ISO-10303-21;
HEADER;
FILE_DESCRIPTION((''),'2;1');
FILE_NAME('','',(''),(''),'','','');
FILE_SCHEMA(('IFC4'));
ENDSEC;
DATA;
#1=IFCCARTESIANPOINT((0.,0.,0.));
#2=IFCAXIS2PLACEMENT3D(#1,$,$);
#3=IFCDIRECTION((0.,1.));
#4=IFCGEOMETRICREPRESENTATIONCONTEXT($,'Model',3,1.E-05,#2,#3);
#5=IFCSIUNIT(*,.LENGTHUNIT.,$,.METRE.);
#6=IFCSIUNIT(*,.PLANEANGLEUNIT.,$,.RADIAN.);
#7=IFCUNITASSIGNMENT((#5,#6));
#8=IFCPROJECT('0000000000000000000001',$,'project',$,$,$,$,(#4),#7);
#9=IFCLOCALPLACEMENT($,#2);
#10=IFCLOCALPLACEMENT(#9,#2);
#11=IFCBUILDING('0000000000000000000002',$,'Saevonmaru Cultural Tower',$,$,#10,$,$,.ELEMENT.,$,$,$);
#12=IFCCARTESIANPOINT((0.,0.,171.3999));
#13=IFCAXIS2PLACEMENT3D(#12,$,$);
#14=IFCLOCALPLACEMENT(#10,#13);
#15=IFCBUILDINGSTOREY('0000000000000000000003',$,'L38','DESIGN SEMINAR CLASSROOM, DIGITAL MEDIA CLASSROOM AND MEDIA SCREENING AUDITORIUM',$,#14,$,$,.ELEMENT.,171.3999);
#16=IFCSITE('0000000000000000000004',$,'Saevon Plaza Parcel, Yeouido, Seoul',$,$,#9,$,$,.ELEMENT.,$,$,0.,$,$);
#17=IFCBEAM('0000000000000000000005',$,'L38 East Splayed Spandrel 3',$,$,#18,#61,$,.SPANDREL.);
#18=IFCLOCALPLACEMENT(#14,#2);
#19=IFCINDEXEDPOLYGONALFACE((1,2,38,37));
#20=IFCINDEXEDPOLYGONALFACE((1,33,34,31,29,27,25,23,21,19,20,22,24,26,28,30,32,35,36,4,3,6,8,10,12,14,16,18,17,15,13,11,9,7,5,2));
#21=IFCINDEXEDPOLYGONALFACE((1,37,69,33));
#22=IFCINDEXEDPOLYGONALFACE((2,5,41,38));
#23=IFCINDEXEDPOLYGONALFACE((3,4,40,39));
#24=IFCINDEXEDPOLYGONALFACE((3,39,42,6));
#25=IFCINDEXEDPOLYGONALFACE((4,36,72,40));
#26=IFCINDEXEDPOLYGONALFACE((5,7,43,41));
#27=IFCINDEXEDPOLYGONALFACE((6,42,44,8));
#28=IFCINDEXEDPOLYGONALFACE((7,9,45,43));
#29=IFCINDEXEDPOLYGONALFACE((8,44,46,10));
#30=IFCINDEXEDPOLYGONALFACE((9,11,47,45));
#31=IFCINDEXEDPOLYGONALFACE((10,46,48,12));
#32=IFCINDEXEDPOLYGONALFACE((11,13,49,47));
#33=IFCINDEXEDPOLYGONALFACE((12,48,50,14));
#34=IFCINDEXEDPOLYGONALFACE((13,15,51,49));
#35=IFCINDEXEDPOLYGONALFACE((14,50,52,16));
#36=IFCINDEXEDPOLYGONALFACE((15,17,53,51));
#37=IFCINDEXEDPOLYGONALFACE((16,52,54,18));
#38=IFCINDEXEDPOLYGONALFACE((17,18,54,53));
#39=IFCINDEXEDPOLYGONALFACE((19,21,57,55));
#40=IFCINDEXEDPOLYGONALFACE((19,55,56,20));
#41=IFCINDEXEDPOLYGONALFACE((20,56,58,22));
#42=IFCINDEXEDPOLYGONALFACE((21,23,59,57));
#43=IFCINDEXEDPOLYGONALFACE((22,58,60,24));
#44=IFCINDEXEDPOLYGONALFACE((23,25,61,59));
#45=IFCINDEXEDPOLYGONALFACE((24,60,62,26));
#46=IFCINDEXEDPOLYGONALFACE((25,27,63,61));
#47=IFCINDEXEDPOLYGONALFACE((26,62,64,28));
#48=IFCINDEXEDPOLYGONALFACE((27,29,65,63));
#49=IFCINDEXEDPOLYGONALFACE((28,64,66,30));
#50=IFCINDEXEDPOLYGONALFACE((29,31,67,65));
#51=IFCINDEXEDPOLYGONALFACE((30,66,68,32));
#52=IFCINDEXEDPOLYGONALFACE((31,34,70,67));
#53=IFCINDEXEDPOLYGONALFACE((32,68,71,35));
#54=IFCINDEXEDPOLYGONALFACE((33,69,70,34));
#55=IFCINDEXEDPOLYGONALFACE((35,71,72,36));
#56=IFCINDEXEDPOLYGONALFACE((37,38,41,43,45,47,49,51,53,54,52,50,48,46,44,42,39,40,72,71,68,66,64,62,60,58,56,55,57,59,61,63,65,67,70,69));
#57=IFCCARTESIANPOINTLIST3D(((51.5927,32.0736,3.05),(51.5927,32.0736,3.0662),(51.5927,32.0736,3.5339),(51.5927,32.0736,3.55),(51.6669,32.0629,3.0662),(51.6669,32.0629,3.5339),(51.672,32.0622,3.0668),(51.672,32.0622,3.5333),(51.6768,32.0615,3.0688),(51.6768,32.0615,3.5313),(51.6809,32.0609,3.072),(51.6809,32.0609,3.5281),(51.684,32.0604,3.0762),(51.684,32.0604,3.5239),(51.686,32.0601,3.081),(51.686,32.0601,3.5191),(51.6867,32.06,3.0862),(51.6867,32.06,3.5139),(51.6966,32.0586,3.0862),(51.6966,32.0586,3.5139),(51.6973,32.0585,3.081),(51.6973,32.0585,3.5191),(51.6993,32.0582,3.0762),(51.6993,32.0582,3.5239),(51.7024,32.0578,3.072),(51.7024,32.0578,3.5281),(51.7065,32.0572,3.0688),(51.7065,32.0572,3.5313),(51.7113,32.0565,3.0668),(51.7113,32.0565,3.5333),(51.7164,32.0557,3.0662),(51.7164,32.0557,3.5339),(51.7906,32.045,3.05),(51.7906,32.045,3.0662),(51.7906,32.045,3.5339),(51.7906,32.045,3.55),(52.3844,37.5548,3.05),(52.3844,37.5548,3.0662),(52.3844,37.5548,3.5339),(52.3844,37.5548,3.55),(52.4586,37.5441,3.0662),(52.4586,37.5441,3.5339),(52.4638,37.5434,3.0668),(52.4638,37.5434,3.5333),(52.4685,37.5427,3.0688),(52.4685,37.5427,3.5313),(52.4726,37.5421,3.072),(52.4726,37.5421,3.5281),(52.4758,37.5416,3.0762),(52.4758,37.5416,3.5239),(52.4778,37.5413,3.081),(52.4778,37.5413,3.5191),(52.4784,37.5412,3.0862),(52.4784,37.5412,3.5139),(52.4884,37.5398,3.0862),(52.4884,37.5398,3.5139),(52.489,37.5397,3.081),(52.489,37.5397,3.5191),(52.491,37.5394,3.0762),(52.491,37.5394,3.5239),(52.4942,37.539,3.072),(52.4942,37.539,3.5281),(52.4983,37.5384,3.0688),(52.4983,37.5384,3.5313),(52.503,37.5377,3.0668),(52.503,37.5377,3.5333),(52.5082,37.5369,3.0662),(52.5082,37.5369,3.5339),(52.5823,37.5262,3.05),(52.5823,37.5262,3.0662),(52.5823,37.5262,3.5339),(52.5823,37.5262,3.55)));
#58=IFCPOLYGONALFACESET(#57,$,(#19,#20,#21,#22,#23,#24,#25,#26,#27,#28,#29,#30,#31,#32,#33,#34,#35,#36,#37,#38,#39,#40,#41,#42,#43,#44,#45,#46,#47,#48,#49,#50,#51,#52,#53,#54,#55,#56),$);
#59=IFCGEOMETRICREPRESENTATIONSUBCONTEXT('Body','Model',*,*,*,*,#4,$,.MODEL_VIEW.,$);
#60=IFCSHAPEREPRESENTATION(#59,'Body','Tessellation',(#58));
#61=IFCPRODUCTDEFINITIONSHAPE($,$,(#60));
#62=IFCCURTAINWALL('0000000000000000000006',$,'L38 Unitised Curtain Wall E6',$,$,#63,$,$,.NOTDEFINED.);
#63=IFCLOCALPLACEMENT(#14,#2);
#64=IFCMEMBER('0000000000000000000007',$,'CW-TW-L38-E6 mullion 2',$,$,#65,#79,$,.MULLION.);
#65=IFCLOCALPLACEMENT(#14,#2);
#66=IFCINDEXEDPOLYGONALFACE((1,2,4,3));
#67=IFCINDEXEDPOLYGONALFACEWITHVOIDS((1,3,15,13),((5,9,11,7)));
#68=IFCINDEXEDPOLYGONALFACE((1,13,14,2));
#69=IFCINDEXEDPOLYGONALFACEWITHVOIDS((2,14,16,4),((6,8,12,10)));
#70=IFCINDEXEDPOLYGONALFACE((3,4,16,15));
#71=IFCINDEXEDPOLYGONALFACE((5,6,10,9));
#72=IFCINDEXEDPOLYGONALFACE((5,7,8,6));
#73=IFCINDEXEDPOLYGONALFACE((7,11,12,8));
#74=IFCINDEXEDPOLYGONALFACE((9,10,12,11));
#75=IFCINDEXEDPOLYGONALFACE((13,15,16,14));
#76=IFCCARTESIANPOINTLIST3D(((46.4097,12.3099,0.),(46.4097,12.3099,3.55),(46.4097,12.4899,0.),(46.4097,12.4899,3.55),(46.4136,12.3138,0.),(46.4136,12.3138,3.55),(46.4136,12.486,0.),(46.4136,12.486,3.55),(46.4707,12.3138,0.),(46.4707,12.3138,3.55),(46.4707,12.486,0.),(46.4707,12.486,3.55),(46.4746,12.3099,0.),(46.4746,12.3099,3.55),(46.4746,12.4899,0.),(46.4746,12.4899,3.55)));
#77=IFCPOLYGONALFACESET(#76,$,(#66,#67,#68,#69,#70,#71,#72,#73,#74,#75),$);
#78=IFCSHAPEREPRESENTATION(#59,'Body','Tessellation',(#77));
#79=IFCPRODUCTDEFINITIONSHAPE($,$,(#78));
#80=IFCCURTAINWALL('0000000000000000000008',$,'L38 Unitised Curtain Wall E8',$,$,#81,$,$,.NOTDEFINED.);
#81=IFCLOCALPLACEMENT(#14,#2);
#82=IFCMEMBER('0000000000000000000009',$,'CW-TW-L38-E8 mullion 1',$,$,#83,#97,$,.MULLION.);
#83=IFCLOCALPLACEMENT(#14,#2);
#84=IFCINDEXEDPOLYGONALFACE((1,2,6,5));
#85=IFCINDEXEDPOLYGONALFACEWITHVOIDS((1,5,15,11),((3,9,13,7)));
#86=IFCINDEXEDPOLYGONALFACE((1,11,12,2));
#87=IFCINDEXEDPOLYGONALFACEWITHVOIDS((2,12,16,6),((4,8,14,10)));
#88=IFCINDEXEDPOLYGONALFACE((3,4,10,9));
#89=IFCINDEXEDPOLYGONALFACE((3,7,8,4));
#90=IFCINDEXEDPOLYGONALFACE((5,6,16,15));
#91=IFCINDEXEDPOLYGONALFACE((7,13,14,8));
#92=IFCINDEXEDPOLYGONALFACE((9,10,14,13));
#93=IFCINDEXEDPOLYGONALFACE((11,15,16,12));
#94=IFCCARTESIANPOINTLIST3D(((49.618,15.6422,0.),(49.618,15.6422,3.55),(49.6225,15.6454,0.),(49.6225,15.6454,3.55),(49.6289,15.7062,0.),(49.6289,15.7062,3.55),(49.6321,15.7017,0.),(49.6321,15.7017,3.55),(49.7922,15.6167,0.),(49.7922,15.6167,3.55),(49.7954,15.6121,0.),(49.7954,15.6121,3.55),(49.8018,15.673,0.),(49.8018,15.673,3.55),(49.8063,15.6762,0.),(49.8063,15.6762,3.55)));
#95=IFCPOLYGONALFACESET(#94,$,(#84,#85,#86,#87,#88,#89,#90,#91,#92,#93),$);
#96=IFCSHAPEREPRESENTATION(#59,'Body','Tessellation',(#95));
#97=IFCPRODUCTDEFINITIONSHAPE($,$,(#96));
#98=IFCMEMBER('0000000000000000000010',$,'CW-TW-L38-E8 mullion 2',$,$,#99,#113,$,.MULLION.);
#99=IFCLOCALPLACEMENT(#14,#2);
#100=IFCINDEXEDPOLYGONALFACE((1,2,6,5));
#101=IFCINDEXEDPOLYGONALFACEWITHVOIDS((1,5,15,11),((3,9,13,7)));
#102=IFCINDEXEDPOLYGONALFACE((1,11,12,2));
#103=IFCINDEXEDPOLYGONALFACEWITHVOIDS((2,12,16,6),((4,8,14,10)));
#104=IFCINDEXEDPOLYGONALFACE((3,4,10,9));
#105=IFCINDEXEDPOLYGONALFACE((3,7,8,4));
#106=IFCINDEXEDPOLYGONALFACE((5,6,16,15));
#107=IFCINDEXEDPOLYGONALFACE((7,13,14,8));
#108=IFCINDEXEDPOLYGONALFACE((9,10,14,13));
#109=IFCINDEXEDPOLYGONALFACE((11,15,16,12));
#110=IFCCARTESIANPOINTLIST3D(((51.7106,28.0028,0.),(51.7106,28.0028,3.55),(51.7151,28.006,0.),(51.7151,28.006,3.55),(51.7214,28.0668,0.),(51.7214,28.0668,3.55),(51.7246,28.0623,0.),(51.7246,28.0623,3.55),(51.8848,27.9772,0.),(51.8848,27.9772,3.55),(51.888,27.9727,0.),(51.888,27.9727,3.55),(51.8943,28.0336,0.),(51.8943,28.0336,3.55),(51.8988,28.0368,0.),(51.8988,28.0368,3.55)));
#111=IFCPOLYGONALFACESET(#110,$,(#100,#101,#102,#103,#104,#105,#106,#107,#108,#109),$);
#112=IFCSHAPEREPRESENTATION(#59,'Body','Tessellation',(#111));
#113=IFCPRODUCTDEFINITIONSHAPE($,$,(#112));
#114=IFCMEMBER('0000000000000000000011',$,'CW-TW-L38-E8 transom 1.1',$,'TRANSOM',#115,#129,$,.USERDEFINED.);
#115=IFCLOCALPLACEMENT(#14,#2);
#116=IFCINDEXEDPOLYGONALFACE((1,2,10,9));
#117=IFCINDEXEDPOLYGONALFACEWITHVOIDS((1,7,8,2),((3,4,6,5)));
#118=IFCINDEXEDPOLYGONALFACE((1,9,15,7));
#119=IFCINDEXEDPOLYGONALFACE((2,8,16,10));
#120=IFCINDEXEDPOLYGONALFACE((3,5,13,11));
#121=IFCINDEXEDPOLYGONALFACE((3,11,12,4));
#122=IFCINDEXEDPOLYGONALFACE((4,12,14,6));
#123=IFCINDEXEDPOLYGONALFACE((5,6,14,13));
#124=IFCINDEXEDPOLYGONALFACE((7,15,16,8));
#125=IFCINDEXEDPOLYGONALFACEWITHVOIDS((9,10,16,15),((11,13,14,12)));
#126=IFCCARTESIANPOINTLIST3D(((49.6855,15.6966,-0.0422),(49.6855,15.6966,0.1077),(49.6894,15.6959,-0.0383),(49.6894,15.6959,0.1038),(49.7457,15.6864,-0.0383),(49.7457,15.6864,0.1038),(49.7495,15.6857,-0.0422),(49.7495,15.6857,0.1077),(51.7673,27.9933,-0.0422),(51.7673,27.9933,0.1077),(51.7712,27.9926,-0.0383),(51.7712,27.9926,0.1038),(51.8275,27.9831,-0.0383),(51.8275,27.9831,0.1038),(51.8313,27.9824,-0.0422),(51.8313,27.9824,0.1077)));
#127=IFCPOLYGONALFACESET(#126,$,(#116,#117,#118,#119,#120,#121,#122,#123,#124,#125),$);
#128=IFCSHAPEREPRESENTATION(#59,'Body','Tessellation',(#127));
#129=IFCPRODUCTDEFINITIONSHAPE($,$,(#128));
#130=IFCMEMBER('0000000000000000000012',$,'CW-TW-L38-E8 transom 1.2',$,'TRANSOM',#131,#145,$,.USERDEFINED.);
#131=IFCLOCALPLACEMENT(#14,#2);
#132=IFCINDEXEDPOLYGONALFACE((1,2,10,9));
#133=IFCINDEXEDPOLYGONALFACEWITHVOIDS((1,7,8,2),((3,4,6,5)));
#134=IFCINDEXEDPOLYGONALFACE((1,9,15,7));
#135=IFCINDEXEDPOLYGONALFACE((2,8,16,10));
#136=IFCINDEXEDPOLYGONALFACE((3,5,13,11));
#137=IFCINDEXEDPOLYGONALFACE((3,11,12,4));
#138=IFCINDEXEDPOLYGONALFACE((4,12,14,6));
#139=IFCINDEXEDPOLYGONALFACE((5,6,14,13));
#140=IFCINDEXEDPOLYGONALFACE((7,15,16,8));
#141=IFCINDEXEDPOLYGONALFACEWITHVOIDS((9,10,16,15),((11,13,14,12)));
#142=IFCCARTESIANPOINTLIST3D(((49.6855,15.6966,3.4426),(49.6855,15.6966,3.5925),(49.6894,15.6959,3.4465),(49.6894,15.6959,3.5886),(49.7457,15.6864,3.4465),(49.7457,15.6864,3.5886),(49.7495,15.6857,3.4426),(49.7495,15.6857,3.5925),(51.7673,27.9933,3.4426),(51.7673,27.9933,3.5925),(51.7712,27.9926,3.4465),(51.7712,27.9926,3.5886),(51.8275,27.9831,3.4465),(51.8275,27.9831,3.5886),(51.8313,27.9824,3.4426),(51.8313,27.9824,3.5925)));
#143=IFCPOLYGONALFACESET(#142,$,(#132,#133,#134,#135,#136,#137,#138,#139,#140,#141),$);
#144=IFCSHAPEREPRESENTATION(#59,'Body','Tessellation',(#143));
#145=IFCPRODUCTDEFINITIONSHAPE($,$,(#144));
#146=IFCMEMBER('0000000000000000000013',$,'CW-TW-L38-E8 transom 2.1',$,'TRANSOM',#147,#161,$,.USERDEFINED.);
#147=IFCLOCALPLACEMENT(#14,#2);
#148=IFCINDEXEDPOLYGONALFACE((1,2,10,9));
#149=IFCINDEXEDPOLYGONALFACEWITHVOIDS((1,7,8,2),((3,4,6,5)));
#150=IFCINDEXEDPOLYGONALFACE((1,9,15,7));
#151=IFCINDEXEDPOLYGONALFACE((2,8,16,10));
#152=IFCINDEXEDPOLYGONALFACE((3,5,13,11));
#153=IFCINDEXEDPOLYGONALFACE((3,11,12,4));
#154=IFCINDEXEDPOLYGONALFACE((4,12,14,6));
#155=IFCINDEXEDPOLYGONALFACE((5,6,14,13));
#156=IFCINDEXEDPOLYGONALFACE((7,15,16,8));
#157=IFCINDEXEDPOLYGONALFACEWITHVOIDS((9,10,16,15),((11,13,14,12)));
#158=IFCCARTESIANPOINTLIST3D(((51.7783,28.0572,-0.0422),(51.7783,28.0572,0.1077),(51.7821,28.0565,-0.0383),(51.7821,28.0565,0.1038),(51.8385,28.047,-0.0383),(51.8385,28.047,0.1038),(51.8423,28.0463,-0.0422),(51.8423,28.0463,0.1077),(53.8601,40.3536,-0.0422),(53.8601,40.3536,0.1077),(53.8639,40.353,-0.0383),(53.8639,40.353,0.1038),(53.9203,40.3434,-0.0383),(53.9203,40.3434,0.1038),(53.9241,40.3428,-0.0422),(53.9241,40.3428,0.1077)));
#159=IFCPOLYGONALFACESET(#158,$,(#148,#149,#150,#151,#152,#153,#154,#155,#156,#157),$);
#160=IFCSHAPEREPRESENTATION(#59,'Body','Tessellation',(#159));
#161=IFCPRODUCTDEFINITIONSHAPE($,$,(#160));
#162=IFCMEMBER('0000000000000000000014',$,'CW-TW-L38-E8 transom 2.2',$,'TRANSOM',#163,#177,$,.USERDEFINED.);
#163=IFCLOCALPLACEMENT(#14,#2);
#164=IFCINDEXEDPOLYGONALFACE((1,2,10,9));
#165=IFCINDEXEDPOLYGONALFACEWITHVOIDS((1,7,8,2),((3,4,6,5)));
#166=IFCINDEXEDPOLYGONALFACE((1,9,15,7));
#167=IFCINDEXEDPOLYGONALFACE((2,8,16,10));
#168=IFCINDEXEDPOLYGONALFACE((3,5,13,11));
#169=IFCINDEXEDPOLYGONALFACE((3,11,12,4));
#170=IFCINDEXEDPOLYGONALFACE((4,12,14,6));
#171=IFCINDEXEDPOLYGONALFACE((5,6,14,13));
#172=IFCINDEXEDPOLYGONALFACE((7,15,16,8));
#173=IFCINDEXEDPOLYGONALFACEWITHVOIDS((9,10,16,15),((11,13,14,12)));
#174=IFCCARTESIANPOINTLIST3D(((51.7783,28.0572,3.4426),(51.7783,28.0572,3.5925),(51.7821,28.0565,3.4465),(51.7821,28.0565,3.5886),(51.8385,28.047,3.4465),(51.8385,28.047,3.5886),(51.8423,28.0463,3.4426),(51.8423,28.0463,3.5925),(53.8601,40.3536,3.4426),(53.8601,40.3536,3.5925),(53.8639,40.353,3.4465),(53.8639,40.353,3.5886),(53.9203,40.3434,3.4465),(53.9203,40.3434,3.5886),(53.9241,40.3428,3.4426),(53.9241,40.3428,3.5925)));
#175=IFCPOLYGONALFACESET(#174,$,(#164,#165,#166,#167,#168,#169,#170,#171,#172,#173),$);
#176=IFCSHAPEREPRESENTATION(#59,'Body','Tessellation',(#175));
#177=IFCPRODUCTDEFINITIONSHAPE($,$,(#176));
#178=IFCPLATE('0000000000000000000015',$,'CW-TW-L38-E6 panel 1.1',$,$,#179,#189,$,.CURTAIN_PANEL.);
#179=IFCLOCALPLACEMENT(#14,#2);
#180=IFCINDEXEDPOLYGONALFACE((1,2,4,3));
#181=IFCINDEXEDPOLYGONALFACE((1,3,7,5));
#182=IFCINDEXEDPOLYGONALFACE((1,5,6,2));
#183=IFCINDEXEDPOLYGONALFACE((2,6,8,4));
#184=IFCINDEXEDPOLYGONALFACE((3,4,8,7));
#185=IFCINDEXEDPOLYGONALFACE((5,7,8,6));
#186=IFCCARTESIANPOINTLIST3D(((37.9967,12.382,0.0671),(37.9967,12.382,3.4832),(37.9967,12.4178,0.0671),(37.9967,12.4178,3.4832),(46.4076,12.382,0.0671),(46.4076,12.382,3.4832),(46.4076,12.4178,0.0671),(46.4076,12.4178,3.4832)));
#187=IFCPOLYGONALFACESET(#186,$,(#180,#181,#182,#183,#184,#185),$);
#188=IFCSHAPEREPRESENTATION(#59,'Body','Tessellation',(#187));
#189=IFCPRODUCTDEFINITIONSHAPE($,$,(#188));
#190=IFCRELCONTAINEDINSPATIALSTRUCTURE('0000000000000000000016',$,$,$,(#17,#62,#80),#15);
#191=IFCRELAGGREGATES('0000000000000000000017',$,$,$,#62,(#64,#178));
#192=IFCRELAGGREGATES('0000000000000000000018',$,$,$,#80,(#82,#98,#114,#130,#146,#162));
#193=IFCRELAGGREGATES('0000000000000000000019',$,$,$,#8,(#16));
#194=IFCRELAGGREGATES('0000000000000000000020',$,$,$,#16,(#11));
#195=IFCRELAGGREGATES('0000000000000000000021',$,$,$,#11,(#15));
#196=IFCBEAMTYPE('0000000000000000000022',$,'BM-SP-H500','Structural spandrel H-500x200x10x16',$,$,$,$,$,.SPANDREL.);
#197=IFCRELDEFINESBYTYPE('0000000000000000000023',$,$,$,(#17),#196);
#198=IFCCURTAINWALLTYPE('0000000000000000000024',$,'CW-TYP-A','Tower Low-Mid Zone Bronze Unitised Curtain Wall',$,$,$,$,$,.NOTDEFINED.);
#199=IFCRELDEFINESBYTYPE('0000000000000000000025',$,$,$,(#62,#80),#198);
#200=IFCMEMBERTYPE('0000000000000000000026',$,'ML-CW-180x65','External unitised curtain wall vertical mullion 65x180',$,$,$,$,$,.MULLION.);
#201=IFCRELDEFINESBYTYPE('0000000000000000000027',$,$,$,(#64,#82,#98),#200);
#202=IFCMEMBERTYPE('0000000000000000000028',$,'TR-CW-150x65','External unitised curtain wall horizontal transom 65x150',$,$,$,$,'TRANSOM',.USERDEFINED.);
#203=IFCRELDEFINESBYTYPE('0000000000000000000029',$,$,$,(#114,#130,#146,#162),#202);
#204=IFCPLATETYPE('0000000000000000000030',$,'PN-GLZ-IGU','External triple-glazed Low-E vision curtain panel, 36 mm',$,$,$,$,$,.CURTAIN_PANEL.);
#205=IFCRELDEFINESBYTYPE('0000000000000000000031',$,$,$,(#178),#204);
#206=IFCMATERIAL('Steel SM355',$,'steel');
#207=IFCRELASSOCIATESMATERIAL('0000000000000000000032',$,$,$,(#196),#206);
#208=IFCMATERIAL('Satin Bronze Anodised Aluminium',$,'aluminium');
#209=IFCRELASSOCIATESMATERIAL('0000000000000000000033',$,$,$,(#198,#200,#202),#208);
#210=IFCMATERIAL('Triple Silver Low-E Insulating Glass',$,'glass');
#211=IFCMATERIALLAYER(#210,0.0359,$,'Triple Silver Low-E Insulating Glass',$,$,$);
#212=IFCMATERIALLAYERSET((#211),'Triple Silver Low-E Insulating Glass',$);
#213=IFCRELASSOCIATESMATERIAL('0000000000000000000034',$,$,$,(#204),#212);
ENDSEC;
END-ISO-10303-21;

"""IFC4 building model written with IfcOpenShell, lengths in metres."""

from ifc_helpers import new_model, si_unit, direction, frame, origin, origin_2d, place, context, subcontext, project, spatial, rectangle, hollow_rectangle, i_section, extrude, material, layer, layer_set, material_profile, profile_set, type_object, element, aggregate, save


model = new_model("IFC4")

# Units and contexts
model_context = context("Model", 3, precision=1e-05, world=origin(), true_north=direction((0.0, 1.0)))
body_context = subcontext(model_context, "Body", "Model", "MODEL_VIEW")
ifc_project = project(units=[si_unit("LENGTHUNIT", "METRE"), si_unit("PLANEANGLEUNIT", "RADIAN")], contexts=[model_context])

# Site, building, storey
site_placement = place(None, origin())
site = spatial("IfcSite", under=ifc_project, at=site_placement, Name="Saevon Plaza Parcel, Yeouido, Seoul", CompositionType="ELEMENT", RefElevation=0.0)
building_placement = place(site_placement, origin())
building = spatial("IfcBuilding", under=site, at=building_placement, Name="Saevonmaru Cultural Tower", CompositionType="ELEMENT")
storey_placement = place(building_placement, frame((0.0, 0.0, 171.3999)))
storey = spatial("IfcBuildingStorey", under=building, at=storey_placement, Name="L38", Description="DESIGN SEMINAR CLASSROOM, DIGITAL MEDIA CLASSROOM AND MEDIA SCREENING AUDITORIUM", CompositionType="ELEMENT", Elevation=171.3999)

# Beam
ifc_material_1 = material(Name="Steel SM355", Category="steel")
ifc_material_profile_1 = material_profile(ifc_material_1, i_section(OverallWidth=0.2, OverallDepth=0.5, WebThickness=0.01, FlangeThickness=0.0161, FilletRadius=0.02, at=origin_2d()), Name="H-500x200x10x16")
ifc_profile_set_1 = profile_set([ifc_material_profile_1], Name="Steel SM355")
beam_type_1 = type_object("IfcBeamType", Name="BM-SP-H500", Description="Structural spandrel H-500x200x10x16", PredefinedType="SPANDREL", material=ifc_profile_set_1)
beam_1_placement = place(storey_placement, frame((51.6917, 32.0593, 3.3), z_axis=(0.142964, 0.989728, 0.0), x_axis=(-0.989728, 0.142964, 0.0)))
element("IfcBeam", 1, at=beam_1_placement, inside=storey, type_object=beam_type_1, Name="L38 East Splayed Spandrel 3", PredefinedType="SPANDREL", context=body_context, shape_type="SweptSolid", body=[
    extrude(i_section(OverallWidth=0.2, OverallDepth=0.5, WebThickness=0.01, FlangeThickness=0.0161, FilletRadius=0.02, at=origin_2d()), origin(), (0.0, 0.0, 1.0), 5.5381),
])

# Curtain wall, member
ifc_material_2 = material(Name="Satin Bronze Anodised Aluminium", Category="aluminium")
curtain_wall_type = type_object("IfcCurtainWallType", Name="CW-TYP-A", Description="Tower Low-Mid Zone Bronze Unitised Curtain Wall", PredefinedType="NOTDEFINED", material=ifc_material_2)
curtain_wall_1_placement = place(storey_placement, origin())
curtain_wall_1 = element("IfcCurtainWall", 2, at=curtain_wall_1_placement, inside=storey, type_object=curtain_wall_type, Name="L38 Unitised Curtain Wall E6", PredefinedType="NOTDEFINED")
ifc_material_profile_2 = material_profile(ifc_material_2, hollow_rectangle(XDim=0.0649, YDim=0.1799, WallThickness=0.0039, at=origin_2d()), Name="ALU-MULL-180x65x4")
ifc_profile_set_2 = profile_set([ifc_material_profile_2], Name="Satin Bronze Anodised Aluminium")
member_type_1 = type_object("IfcMemberType", Name="ML-CW-180x65", Description="External unitised curtain wall vertical mullion 65x180", PredefinedType="MULLION", material=ifc_profile_set_2)
member_1_placement = place(storey_placement, frame((46.4421, 12.3999, 0.0), z_axis=(0.0, 0.0, 1.0), x_axis=(1.0, 0.0, 0.0)))
member_1 = element("IfcMember", 3, at=member_1_placement, type_object=member_type_1, Name="CW-TW-L38-E6 mullion 2", PredefinedType="MULLION", context=body_context, shape_type="SweptSolid", body=[
    extrude(hollow_rectangle(XDim=0.0649, YDim=0.1799, WallThickness=0.0039, at=origin_2d()), origin(), (0.0, 0.0, 1.0), 3.55),
])

# Curtain wall, members
curtain_wall_2_placement = place(storey_placement, origin())
curtain_wall_2 = element("IfcCurtainWall", 4, at=curtain_wall_2_placement, inside=storey, type_object=curtain_wall_type, Name="L38 Unitised Curtain Wall E8", PredefinedType="NOTDEFINED")
member_2_placement = place(storey_placement, frame((49.7122, 15.6592, 0.0), z_axis=(0.0, 0.0, 1.0), x_axis=(0.166922, 0.98597, 0.0)))
member_2 = element("IfcMember", 5, at=member_2_placement, type_object=member_type_1, Name="CW-TW-L38-E8 mullion 1", PredefinedType="MULLION", context=body_context, shape_type="SweptSolid", body=[
    extrude(hollow_rectangle(XDim=0.0649, YDim=0.1799, WallThickness=0.0039, at=origin_2d()), origin(), (0.0, 0.0, 1.0), 3.55),
])
member_3_placement = place(storey_placement, frame((51.8047, 28.0198, 0.0), z_axis=(0.0, 0.0, 1.0), x_axis=(0.166922, 0.98597, 0.0)))
member_3 = element("IfcMember", 6, at=member_3_placement, type_object=member_type_1, Name="CW-TW-L38-E8 mullion 2", PredefinedType="MULLION", context=body_context, shape_type="SweptSolid", body=[
    extrude(hollow_rectangle(XDim=0.0649, YDim=0.1799, WallThickness=0.0039, at=origin_2d()), origin(), (0.0, 0.0, 1.0), 3.55),
])
ifc_material_profile_3 = material_profile(ifc_material_2, hollow_rectangle(XDim=0.0649, YDim=0.1499, WallThickness=0.0039, at=origin_2d()), Name="ALU-TRAN-150x65x4")
ifc_profile_set_3 = profile_set([ifc_material_profile_3], Name="Satin Bronze Anodised Aluminium")
member_type_2 = type_object("IfcMemberType", Name="TR-CW-150x65", Description="External unitised curtain wall horizontal transom 65x150", ElementType="TRANSOM", PredefinedType="USERDEFINED", material=ifc_profile_set_3)
member_4_placement = place(storey_placement, frame((49.7175, 15.6912, 0.0327), z_axis=(0.166922, 0.98597, 0.0), x_axis=(-0.98597, 0.166922, 0.0)))
member_4 = element("IfcMember", 7, at=member_4_placement, type_object=member_type_2, Name="CW-TW-L38-E8 transom 1.1", ObjectType="TRANSOM", PredefinedType="USERDEFINED", context=body_context, shape_type="SweptSolid", body=[
    extrude(hollow_rectangle(XDim=0.0649, YDim=0.1499, WallThickness=0.0039, at=origin_2d()), origin(), (0.0, 0.0, 1.0), 12.4717),
])
member_5_placement = place(storey_placement, frame((49.7175, 15.6912, 3.5176), z_axis=(0.166922, 0.98597, 0.0), x_axis=(-0.98597, 0.166922, 0.0)))
member_5 = element("IfcMember", 8, at=member_5_placement, type_object=member_type_2, Name="CW-TW-L38-E8 transom 1.2", ObjectType="TRANSOM", PredefinedType="USERDEFINED", context=body_context, shape_type="SweptSolid", body=[
    extrude(hollow_rectangle(XDim=0.0649, YDim=0.1499, WallThickness=0.0039, at=origin_2d()), origin(), (0.0, 0.0, 1.0), 12.4717),
])
member_6_placement = place(storey_placement, frame((51.8103, 28.0518, 0.0327), z_axis=(0.166925, 0.98597, 0.0), x_axis=(-0.98597, 0.166925, 0.0)))
member_6 = element("IfcMember", 9, at=member_6_placement, type_object=member_type_2, Name="CW-TW-L38-E8 transom 2.1", ObjectType="TRANSOM", PredefinedType="USERDEFINED", context=body_context, shape_type="SweptSolid", body=[
    extrude(hollow_rectangle(XDim=0.0649, YDim=0.1499, WallThickness=0.0039, at=origin_2d()), origin(), (0.0, 0.0, 1.0), 12.4714),
])
member_7_placement = place(storey_placement, frame((51.8103, 28.0518, 3.5176), z_axis=(0.166925, 0.98597, 0.0), x_axis=(-0.98597, 0.166925, 0.0)))
member_7 = element("IfcMember", 10, at=member_7_placement, type_object=member_type_2, Name="CW-TW-L38-E8 transom 2.2", ObjectType="TRANSOM", PredefinedType="USERDEFINED", context=body_context, shape_type="SweptSolid", body=[
    extrude(hollow_rectangle(XDim=0.0649, YDim=0.1499, WallThickness=0.0039, at=origin_2d()), origin(), (0.0, 0.0, 1.0), 12.4714),
])

# Plate
ifc_material_3 = material(Name="Triple Silver Low-E Insulating Glass", Category="glass")
ifc_layer_1 = layer(ifc_material_3, 0.0359, Name="Triple Silver Low-E Insulating Glass")
ifc_layer_set_1 = layer_set([ifc_layer_1], Name="Triple Silver Low-E Insulating Glass")
plate_type = type_object("IfcPlateType", Name="PN-GLZ-IGU", Description="External triple-glazed Low-E vision curtain panel, 36 mm", PredefinedType="CURTAIN_PANEL", material=ifc_layer_set_1)
plate_1_placement = place(storey_placement, frame((42.2021, 12.3999, 0.0671), z_axis=(0.0, 0.0, 1.0), x_axis=(1.0, 0.0, 0.0)))
plate_1 = element("IfcPlate", 11, at=plate_1_placement, type_object=plate_type, Name="CW-TW-L38-E6 panel 1.1", PredefinedType="CURTAIN_PANEL", context=body_context, shape_type="SweptSolid", body=[
    extrude(rectangle(XDim=8.4109, YDim=0.0359, at=origin_2d()), origin(), (0.0, 0.0, 1.0), 3.416),
])
aggregate(curtain_wall_1, [member_1, plate_1])
aggregate(curtain_wall_2, [member_2, member_3, member_4, member_5, member_6, member_7])

save(model, "model.ifc")
